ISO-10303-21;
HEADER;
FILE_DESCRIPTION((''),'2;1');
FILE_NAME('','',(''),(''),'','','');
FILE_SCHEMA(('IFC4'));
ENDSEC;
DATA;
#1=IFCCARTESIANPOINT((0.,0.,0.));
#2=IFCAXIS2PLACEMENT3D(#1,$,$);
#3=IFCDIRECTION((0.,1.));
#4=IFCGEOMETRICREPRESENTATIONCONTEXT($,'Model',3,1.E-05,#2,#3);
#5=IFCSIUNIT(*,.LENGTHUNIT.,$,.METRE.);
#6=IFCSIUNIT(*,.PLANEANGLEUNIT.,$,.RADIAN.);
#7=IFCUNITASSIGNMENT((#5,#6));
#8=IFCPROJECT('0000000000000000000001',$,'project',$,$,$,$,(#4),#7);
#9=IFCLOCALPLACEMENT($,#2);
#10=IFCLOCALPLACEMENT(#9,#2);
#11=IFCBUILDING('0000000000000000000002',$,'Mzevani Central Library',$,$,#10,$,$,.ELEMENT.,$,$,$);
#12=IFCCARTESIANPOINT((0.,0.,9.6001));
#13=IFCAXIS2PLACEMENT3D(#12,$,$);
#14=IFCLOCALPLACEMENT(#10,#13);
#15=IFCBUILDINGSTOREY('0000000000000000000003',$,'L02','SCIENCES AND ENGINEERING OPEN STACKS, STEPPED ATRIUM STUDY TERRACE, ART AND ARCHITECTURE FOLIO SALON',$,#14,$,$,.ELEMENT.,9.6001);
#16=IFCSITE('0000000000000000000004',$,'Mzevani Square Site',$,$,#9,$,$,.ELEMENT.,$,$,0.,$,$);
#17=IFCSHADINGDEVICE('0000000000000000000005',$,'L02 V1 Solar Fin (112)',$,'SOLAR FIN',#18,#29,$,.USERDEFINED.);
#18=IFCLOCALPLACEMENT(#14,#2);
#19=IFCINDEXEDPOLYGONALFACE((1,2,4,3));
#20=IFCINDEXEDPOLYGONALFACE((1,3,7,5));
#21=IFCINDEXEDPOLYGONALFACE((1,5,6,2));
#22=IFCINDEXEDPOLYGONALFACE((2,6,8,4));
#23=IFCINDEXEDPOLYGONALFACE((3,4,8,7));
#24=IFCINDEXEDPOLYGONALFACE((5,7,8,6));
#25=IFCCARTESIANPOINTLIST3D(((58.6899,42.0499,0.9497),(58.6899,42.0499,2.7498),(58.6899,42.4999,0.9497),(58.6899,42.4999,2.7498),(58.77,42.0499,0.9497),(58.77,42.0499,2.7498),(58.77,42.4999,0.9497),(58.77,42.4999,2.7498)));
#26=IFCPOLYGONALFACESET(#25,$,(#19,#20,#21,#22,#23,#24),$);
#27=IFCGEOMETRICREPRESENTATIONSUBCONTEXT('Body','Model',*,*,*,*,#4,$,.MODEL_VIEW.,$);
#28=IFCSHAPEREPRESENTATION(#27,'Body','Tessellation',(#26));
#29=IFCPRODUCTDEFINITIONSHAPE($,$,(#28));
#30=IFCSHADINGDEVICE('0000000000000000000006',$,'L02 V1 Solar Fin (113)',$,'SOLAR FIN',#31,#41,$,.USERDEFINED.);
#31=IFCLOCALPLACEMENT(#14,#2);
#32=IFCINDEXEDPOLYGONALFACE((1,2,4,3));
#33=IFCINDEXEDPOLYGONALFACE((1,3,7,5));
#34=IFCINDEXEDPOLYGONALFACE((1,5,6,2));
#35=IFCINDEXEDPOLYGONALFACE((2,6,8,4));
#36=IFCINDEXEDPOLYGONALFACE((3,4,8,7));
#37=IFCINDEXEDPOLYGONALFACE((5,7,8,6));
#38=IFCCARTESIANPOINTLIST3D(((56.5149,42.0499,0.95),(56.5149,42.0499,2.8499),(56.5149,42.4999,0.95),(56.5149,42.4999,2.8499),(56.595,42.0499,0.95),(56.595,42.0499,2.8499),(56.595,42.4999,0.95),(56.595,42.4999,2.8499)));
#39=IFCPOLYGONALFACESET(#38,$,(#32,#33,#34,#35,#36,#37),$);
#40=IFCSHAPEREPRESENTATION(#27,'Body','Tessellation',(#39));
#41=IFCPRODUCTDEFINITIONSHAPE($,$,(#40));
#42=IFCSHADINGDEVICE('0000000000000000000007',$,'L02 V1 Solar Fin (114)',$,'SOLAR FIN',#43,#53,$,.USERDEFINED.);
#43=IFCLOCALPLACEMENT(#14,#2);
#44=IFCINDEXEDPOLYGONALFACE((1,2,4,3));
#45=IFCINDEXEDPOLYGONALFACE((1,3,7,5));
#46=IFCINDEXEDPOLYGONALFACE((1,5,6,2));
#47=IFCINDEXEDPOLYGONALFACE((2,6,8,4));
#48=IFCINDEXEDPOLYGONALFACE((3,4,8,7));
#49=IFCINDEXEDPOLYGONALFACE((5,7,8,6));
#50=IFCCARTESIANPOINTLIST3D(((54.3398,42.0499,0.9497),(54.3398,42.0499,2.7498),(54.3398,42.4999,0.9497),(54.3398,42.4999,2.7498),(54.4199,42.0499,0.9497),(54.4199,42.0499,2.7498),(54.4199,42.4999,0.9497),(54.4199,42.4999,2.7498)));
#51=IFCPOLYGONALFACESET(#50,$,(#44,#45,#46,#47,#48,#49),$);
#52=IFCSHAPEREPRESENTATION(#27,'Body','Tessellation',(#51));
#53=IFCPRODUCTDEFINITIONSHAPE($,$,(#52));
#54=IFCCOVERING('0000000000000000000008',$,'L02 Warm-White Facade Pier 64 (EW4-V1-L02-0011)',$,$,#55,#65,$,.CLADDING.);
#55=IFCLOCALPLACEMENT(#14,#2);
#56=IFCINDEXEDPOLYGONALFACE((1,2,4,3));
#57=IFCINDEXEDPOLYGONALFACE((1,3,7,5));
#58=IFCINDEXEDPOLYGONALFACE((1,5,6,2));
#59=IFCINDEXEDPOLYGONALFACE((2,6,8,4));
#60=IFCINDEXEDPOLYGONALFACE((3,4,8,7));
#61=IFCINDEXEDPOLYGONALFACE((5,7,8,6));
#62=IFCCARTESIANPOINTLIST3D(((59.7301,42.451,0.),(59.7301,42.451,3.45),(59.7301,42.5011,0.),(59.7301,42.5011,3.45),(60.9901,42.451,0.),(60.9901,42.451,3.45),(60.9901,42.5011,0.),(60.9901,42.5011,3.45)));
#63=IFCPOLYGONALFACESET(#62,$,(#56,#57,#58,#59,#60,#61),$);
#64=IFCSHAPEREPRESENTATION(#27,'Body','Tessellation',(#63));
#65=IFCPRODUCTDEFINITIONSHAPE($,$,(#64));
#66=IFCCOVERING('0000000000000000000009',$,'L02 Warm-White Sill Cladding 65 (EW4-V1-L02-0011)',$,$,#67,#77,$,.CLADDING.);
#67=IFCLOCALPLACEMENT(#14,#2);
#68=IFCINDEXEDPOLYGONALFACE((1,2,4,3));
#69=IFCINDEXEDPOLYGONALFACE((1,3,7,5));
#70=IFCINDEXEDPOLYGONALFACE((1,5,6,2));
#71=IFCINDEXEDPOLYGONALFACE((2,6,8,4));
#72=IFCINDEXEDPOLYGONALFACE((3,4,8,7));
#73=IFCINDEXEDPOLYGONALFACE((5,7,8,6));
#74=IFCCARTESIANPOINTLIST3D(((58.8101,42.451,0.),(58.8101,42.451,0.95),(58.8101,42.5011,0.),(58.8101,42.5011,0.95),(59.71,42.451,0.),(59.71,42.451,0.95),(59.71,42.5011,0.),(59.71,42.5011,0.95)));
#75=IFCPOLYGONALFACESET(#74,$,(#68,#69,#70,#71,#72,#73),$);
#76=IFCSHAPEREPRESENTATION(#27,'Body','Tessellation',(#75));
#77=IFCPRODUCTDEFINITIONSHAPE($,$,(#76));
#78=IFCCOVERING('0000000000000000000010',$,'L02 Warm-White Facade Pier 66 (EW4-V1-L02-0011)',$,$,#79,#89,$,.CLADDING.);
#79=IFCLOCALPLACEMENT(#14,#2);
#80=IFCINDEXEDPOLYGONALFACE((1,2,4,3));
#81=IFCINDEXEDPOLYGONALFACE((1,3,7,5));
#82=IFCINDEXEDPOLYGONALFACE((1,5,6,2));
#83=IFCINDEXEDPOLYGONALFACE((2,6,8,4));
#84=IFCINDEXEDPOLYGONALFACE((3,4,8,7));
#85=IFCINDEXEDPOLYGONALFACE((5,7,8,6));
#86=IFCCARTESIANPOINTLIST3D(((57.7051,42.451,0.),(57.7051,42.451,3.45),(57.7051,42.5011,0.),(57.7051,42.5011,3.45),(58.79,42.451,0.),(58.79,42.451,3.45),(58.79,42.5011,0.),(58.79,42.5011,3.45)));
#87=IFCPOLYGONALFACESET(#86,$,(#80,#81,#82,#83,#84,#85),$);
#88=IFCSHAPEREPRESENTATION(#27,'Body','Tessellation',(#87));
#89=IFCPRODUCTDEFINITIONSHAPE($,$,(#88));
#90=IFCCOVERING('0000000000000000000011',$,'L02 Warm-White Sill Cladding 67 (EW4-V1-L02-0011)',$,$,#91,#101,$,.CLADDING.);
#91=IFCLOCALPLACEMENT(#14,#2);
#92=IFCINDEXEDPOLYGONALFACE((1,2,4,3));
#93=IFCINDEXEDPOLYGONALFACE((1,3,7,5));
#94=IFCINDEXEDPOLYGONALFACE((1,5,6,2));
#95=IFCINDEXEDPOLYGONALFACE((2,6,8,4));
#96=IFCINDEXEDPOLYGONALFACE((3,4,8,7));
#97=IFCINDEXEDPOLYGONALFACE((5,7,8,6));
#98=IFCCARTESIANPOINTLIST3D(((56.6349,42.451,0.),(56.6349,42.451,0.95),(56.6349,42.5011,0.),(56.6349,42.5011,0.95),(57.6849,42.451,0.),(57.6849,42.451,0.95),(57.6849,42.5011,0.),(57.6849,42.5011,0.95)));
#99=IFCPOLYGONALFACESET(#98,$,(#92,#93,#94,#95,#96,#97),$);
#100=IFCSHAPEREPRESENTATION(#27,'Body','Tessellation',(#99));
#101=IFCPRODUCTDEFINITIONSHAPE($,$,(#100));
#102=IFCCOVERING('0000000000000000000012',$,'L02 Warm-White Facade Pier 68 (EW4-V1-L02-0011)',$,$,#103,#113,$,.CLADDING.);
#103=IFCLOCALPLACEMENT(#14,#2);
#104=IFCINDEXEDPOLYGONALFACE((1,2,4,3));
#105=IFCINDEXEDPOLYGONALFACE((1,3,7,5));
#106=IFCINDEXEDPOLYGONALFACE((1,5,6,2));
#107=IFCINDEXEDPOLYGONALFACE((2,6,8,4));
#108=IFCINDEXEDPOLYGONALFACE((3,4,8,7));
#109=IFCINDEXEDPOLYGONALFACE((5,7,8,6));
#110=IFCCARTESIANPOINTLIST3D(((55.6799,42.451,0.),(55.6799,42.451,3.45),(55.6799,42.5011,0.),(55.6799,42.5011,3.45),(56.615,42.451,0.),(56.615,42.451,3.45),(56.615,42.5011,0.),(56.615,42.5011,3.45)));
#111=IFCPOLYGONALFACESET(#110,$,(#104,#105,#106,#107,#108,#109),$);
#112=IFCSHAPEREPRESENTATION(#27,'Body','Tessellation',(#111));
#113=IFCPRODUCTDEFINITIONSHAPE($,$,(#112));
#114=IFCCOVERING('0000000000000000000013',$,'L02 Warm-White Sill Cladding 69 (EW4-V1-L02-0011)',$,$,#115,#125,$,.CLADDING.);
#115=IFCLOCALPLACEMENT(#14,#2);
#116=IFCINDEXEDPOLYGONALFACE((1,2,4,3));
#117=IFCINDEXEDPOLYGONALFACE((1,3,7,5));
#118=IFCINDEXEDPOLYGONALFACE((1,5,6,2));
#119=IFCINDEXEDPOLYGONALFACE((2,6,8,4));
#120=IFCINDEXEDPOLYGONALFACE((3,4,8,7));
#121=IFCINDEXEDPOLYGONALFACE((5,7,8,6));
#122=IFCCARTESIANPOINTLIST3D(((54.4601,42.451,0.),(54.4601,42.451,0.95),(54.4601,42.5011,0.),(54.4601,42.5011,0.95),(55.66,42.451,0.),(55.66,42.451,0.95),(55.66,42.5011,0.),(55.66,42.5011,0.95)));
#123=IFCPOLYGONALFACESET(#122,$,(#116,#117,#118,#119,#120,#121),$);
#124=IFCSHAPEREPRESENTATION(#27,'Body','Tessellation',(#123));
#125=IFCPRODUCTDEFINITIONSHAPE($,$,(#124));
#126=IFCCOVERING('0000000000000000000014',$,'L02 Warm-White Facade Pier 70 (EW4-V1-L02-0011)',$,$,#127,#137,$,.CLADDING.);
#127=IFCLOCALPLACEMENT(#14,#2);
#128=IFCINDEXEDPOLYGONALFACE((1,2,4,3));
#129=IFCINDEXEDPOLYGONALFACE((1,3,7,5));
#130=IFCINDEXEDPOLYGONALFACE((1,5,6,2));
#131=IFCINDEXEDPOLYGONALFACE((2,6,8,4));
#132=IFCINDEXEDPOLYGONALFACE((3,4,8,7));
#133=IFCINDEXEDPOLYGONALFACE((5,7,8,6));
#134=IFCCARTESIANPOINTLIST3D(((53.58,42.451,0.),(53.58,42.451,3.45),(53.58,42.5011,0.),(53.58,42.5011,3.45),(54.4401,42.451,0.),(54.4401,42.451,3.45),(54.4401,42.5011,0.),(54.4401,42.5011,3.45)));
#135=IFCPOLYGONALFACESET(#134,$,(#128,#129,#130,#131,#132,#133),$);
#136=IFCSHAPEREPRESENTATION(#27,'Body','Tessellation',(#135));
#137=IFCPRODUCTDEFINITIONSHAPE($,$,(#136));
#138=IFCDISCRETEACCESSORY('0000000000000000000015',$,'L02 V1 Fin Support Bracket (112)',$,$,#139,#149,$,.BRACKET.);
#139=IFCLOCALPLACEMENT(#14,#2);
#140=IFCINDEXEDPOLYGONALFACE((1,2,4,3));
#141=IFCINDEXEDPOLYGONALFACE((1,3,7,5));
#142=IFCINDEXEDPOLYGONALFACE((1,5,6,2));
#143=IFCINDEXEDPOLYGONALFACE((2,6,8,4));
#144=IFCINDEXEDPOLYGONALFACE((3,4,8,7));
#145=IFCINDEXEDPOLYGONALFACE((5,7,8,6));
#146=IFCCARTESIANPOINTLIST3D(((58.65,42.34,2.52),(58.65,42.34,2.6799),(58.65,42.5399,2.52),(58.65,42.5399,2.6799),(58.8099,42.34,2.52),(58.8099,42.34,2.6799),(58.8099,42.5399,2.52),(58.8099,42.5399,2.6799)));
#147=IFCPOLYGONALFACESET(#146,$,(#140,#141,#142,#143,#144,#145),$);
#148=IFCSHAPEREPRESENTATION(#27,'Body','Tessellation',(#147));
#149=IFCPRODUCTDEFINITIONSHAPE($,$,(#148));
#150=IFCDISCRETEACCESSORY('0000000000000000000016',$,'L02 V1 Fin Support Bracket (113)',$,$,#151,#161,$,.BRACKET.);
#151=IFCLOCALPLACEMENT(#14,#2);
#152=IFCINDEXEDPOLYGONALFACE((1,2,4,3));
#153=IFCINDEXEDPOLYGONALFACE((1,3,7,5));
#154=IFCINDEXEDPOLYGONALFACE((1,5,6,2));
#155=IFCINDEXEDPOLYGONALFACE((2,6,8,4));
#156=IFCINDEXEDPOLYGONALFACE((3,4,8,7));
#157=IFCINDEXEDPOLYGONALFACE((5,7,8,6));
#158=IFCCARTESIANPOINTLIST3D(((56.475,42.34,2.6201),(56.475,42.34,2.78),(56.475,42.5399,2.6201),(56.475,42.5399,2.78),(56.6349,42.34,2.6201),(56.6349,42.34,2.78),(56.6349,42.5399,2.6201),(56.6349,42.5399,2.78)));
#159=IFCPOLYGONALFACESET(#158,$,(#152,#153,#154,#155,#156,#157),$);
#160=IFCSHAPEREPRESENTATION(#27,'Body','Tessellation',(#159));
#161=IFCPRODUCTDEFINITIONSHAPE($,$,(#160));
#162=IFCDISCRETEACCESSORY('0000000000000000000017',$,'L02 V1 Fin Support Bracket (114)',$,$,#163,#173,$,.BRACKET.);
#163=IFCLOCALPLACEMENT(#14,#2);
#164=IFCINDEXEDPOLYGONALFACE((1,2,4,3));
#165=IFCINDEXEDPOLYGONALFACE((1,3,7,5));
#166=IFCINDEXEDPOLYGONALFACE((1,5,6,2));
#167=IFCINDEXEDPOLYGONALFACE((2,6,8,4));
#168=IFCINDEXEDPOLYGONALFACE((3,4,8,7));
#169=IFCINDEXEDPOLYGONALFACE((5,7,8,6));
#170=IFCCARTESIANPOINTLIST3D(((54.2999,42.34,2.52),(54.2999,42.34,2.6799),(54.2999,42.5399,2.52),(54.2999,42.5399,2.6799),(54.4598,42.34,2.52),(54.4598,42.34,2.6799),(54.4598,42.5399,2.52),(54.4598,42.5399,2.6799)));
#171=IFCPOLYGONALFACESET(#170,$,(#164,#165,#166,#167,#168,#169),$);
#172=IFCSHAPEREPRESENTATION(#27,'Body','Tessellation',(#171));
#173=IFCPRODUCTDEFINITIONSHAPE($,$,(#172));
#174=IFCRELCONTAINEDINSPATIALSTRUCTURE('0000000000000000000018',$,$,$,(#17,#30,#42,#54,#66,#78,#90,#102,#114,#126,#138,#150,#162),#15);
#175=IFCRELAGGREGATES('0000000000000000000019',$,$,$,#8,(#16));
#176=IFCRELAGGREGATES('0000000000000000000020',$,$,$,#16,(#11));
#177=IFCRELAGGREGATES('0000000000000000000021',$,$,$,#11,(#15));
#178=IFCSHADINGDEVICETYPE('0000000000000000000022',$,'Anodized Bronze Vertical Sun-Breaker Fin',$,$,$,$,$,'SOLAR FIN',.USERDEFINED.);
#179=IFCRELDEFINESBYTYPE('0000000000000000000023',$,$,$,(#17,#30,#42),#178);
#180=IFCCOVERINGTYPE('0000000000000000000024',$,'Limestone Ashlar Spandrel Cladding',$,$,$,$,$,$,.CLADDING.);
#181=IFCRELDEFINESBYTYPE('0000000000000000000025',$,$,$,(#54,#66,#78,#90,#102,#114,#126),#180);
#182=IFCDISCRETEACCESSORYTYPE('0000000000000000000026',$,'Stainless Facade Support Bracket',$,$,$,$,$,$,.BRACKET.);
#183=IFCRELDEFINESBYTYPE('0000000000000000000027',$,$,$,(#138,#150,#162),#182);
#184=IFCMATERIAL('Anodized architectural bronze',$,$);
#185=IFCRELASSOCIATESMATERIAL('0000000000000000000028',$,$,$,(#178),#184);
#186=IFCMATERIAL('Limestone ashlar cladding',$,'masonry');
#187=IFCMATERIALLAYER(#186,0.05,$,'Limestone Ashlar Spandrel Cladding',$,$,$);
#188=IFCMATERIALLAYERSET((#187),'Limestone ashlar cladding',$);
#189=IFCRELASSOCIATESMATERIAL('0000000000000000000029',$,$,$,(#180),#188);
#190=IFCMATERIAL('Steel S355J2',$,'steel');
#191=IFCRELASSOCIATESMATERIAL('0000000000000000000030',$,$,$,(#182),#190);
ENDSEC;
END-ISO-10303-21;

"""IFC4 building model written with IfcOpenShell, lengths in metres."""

from ifc_helpers import new_model, si_unit, direction, frame, origin, origin_2d, place, context, subcontext, project, spatial, rectangle, extrude, material, layer, layer_set, type_object, element, save


model = new_model("IFC4")

# Units and contexts
model_context = context("Model", 3, precision=1e-05, world=origin(), true_north=direction((0.0, 1.0)))
body_context = subcontext(model_context, "Body", "Model", "MODEL_VIEW")
ifc_project = project(units=[si_unit("LENGTHUNIT", "METRE"), si_unit("PLANEANGLEUNIT", "RADIAN")], contexts=[model_context])

# Site, building, storey
site_placement = place(None, origin())
site = spatial("IfcSite", under=ifc_project, at=site_placement, Name="Mzevani Square Site", CompositionType="ELEMENT", RefElevation=0.0)
building_placement = place(site_placement, origin())
building = spatial("IfcBuilding", under=site, at=building_placement, Name="Mzevani Central Library", CompositionType="ELEMENT")
storey_placement = place(building_placement, frame((0.0, 0.0, 9.6001)))
storey = spatial("IfcBuildingStorey", under=building, at=storey_placement, Name="L02", Description="SCIENCES AND ENGINEERING OPEN STACKS, STEPPED ATRIUM STUDY TERRACE, ART AND ARCHITECTURE FOLIO SALON", CompositionType="ELEMENT", Elevation=9.6001)

# Shading devices
ifc_material_1 = material(Name="Anodized architectural bronze")
shading_device_type = type_object("IfcShadingDeviceType", Name="Anodized Bronze Vertical Sun-Breaker Fin", ElementType="SOLAR FIN", PredefinedType="USERDEFINED", material=ifc_material_1)
shading_device_1_placement = place(storey_placement, frame((58.73, 42.2749, 0.9497), z_axis=(0.0, 0.0, 1.0), x_axis=(-1.0, 0.0, 0.0)))
element("IfcShadingDevice", 1, at=shading_device_1_placement, inside=storey, type_object=shading_device_type, Name="L02 V1 Solar Fin (112)", ObjectType="SOLAR FIN", PredefinedType="USERDEFINED", context=body_context, shape_type="SweptSolid", body=[
    extrude(rectangle(XDim=0.0801, YDim=0.45, at=origin_2d()), origin(), (0.0, 0.0, 1.0), 1.8),
])
shading_device_2_placement = place(storey_placement, frame((56.5549, 42.2749, 0.95), z_axis=(0.0, 0.0, 1.0), x_axis=(-1.0, 0.0, 0.0)))
element("IfcShadingDevice", 2, at=shading_device_2_placement, inside=storey, type_object=shading_device_type, Name="L02 V1 Solar Fin (113)", ObjectType="SOLAR FIN", PredefinedType="USERDEFINED", context=body_context, shape_type="SweptSolid", body=[
    extrude(rectangle(XDim=0.0801, YDim=0.45, at=origin_2d()), origin(), (0.0, 0.0, 1.0), 1.8999),
])
shading_device_3_placement = place(storey_placement, frame((54.3799, 42.2749, 0.9497), z_axis=(0.0, 0.0, 1.0), x_axis=(-1.0, 0.0, 0.0)))
element("IfcShadingDevice", 3, at=shading_device_3_placement, inside=storey, type_object=shading_device_type, Name="L02 V1 Solar Fin (114)", ObjectType="SOLAR FIN", PredefinedType="USERDEFINED", context=body_context, shape_type="SweptSolid", body=[
    extrude(rectangle(XDim=0.0801, YDim=0.45, at=origin_2d()), origin(), (0.0, 0.0, 1.0), 1.8),
])

# Coverings
ifc_material_2 = material(Name="Limestone ashlar cladding", Category="masonry")
ifc_layer_1 = layer(ifc_material_2, 0.05, Name="Limestone Ashlar Spandrel Cladding")
ifc_layer_set_1 = layer_set([ifc_layer_1], Name="Limestone ashlar cladding")
covering_type = type_object("IfcCoveringType", Name="Limestone Ashlar Spandrel Cladding", PredefinedType="CLADDING", material=ifc_layer_set_1)
covering_1_placement = place(storey_placement, frame((60.3601, 42.4761, 0.0), z_axis=(0.0, 0.0, 1.0), x_axis=(-1.0, 0.0, 0.0)))
element("IfcCovering", 4, at=covering_1_placement, inside=storey, type_object=covering_type, Name="L02 Warm-White Facade Pier 64 (EW4-V1-L02-0011)", PredefinedType="CLADDING", context=body_context, shape_type="SweptSolid", body=[
    extrude(rectangle(XDim=1.26, YDim=0.05, at=origin_2d()), origin(), (0.0, 0.0, 1.0), 3.45),
])
covering_2_placement = place(storey_placement, frame((59.26, 42.4761, 0.0), z_axis=(0.0, 0.0, 1.0), x_axis=(-1.0, 0.0, 0.0)))
element("IfcCovering", 5, at=covering_2_placement, inside=storey, type_object=covering_type, Name="L02 Warm-White Sill Cladding 65 (EW4-V1-L02-0011)", PredefinedType="CLADDING", context=body_context, shape_type="SweptSolid", body=[
    extrude(rectangle(XDim=0.8999, YDim=0.05, at=origin_2d()), origin(), (0.0, 0.0, 1.0), 0.95),
])
covering_3_placement = place(storey_placement, frame((58.2476, 42.4761, 0.0), z_axis=(0.0, 0.0, 1.0), x_axis=(-1.0, 0.0, 0.0)))
element("IfcCovering", 6, at=covering_3_placement, inside=storey, type_object=covering_type, Name="L02 Warm-White Facade Pier 66 (EW4-V1-L02-0011)", PredefinedType="CLADDING", context=body_context, shape_type="SweptSolid", body=[
    extrude(rectangle(XDim=1.085, YDim=0.05, at=origin_2d()), origin(), (0.0, 0.0, 1.0), 3.45),
])
covering_4_placement = place(storey_placement, frame((57.1599, 42.4761, 0.0), z_axis=(0.0, 0.0, 1.0), x_axis=(-1.0, 0.0, 0.0)))
element("IfcCovering", 7, at=covering_4_placement, inside=storey, type_object=covering_type, Name="L02 Warm-White Sill Cladding 67 (EW4-V1-L02-0011)", PredefinedType="CLADDING", context=body_context, shape_type="SweptSolid", body=[
    extrude(rectangle(XDim=1.05, YDim=0.05, at=origin_2d()), origin(), (0.0, 0.0, 1.0), 0.95),
])
covering_5_placement = place(storey_placement, frame((56.1475, 42.4761, 0.0), z_axis=(0.0, 0.0, 1.0), x_axis=(-1.0, 0.0, 0.0)))
element("IfcCovering", 8, at=covering_5_placement, inside=storey, type_object=covering_type, Name="L02 Warm-White Facade Pier 68 (EW4-V1-L02-0011)", PredefinedType="CLADDING", context=body_context, shape_type="SweptSolid", body=[
    extrude(rectangle(XDim=0.9351, YDim=0.05, at=origin_2d()), origin(), (0.0, 0.0, 1.0), 3.45),
])
covering_6_placement = place(storey_placement, frame((55.0601, 42.4761, 0.0), z_axis=(0.0, 0.0, 1.0), x_axis=(-1.0, 0.0, 0.0)))
element("IfcCovering", 9, at=covering_6_placement, inside=storey, type_object=covering_type, Name="L02 Warm-White Sill Cladding 69 (EW4-V1-L02-0011)", PredefinedType="CLADDING", context=body_context, shape_type="SweptSolid", body=[
    extrude(rectangle(XDim=1.2, YDim=0.05, at=origin_2d()), origin(), (0.0, 0.0, 1.0), 0.95),
])
covering_7_placement = place(storey_placement, frame((54.01, 42.4761, 0.0), z_axis=(0.0, 0.0, 1.0), x_axis=(-1.0, 0.0, 0.0)))
element("IfcCovering", 10, at=covering_7_placement, inside=storey, type_object=covering_type, Name="L02 Warm-White Facade Pier 70 (EW4-V1-L02-0011)", PredefinedType="CLADDING", context=body_context, shape_type="SweptSolid", body=[
    extrude(rectangle(XDim=0.8601, YDim=0.05, at=origin_2d()), origin(), (0.0, 0.0, 1.0), 3.45),
])

# Discrete accessories
ifc_material_3 = material(Name="Steel S355J2", Category="steel")
discrete_accessory_type = type_object("IfcDiscreteAccessoryType", Name="Stainless Facade Support Bracket", PredefinedType="BRACKET", material=ifc_material_3)
for number, where, z_axis, x_axis, name in (
    (11, (58.73, 42.4399, 2.52), (0.0, 0.0, 1.0), (-1.0, 0.0, 0.0), "L02 V1 Fin Support Bracket (112)"),
    (12, (56.5549, 42.4399, 2.6201), (0.0, 0.0, 1.0), (-1.0, 0.0, 0.0), "L02 V1 Fin Support Bracket (113)"),
    (13, (54.3799, 42.4399, 2.52), (0.0, 0.0, 1.0), (-1.0, 0.0, 0.0), "L02 V1 Fin Support Bracket (114)"),
):
    element("IfcDiscreteAccessory", number, at=place(storey_placement, frame(where, z_axis=z_axis, x_axis=x_axis)), inside=storey, type_object=discrete_accessory_type, Name=name, PredefinedType="BRACKET", context=body_context, shape_type="SweptSolid", body=[
        extrude(rectangle(XDim=0.1599, YDim=0.2, at=origin_2d()), origin(), (0.0, 0.0, 1.0), 0.1599),
    ])

save(model, "model.ifc")
